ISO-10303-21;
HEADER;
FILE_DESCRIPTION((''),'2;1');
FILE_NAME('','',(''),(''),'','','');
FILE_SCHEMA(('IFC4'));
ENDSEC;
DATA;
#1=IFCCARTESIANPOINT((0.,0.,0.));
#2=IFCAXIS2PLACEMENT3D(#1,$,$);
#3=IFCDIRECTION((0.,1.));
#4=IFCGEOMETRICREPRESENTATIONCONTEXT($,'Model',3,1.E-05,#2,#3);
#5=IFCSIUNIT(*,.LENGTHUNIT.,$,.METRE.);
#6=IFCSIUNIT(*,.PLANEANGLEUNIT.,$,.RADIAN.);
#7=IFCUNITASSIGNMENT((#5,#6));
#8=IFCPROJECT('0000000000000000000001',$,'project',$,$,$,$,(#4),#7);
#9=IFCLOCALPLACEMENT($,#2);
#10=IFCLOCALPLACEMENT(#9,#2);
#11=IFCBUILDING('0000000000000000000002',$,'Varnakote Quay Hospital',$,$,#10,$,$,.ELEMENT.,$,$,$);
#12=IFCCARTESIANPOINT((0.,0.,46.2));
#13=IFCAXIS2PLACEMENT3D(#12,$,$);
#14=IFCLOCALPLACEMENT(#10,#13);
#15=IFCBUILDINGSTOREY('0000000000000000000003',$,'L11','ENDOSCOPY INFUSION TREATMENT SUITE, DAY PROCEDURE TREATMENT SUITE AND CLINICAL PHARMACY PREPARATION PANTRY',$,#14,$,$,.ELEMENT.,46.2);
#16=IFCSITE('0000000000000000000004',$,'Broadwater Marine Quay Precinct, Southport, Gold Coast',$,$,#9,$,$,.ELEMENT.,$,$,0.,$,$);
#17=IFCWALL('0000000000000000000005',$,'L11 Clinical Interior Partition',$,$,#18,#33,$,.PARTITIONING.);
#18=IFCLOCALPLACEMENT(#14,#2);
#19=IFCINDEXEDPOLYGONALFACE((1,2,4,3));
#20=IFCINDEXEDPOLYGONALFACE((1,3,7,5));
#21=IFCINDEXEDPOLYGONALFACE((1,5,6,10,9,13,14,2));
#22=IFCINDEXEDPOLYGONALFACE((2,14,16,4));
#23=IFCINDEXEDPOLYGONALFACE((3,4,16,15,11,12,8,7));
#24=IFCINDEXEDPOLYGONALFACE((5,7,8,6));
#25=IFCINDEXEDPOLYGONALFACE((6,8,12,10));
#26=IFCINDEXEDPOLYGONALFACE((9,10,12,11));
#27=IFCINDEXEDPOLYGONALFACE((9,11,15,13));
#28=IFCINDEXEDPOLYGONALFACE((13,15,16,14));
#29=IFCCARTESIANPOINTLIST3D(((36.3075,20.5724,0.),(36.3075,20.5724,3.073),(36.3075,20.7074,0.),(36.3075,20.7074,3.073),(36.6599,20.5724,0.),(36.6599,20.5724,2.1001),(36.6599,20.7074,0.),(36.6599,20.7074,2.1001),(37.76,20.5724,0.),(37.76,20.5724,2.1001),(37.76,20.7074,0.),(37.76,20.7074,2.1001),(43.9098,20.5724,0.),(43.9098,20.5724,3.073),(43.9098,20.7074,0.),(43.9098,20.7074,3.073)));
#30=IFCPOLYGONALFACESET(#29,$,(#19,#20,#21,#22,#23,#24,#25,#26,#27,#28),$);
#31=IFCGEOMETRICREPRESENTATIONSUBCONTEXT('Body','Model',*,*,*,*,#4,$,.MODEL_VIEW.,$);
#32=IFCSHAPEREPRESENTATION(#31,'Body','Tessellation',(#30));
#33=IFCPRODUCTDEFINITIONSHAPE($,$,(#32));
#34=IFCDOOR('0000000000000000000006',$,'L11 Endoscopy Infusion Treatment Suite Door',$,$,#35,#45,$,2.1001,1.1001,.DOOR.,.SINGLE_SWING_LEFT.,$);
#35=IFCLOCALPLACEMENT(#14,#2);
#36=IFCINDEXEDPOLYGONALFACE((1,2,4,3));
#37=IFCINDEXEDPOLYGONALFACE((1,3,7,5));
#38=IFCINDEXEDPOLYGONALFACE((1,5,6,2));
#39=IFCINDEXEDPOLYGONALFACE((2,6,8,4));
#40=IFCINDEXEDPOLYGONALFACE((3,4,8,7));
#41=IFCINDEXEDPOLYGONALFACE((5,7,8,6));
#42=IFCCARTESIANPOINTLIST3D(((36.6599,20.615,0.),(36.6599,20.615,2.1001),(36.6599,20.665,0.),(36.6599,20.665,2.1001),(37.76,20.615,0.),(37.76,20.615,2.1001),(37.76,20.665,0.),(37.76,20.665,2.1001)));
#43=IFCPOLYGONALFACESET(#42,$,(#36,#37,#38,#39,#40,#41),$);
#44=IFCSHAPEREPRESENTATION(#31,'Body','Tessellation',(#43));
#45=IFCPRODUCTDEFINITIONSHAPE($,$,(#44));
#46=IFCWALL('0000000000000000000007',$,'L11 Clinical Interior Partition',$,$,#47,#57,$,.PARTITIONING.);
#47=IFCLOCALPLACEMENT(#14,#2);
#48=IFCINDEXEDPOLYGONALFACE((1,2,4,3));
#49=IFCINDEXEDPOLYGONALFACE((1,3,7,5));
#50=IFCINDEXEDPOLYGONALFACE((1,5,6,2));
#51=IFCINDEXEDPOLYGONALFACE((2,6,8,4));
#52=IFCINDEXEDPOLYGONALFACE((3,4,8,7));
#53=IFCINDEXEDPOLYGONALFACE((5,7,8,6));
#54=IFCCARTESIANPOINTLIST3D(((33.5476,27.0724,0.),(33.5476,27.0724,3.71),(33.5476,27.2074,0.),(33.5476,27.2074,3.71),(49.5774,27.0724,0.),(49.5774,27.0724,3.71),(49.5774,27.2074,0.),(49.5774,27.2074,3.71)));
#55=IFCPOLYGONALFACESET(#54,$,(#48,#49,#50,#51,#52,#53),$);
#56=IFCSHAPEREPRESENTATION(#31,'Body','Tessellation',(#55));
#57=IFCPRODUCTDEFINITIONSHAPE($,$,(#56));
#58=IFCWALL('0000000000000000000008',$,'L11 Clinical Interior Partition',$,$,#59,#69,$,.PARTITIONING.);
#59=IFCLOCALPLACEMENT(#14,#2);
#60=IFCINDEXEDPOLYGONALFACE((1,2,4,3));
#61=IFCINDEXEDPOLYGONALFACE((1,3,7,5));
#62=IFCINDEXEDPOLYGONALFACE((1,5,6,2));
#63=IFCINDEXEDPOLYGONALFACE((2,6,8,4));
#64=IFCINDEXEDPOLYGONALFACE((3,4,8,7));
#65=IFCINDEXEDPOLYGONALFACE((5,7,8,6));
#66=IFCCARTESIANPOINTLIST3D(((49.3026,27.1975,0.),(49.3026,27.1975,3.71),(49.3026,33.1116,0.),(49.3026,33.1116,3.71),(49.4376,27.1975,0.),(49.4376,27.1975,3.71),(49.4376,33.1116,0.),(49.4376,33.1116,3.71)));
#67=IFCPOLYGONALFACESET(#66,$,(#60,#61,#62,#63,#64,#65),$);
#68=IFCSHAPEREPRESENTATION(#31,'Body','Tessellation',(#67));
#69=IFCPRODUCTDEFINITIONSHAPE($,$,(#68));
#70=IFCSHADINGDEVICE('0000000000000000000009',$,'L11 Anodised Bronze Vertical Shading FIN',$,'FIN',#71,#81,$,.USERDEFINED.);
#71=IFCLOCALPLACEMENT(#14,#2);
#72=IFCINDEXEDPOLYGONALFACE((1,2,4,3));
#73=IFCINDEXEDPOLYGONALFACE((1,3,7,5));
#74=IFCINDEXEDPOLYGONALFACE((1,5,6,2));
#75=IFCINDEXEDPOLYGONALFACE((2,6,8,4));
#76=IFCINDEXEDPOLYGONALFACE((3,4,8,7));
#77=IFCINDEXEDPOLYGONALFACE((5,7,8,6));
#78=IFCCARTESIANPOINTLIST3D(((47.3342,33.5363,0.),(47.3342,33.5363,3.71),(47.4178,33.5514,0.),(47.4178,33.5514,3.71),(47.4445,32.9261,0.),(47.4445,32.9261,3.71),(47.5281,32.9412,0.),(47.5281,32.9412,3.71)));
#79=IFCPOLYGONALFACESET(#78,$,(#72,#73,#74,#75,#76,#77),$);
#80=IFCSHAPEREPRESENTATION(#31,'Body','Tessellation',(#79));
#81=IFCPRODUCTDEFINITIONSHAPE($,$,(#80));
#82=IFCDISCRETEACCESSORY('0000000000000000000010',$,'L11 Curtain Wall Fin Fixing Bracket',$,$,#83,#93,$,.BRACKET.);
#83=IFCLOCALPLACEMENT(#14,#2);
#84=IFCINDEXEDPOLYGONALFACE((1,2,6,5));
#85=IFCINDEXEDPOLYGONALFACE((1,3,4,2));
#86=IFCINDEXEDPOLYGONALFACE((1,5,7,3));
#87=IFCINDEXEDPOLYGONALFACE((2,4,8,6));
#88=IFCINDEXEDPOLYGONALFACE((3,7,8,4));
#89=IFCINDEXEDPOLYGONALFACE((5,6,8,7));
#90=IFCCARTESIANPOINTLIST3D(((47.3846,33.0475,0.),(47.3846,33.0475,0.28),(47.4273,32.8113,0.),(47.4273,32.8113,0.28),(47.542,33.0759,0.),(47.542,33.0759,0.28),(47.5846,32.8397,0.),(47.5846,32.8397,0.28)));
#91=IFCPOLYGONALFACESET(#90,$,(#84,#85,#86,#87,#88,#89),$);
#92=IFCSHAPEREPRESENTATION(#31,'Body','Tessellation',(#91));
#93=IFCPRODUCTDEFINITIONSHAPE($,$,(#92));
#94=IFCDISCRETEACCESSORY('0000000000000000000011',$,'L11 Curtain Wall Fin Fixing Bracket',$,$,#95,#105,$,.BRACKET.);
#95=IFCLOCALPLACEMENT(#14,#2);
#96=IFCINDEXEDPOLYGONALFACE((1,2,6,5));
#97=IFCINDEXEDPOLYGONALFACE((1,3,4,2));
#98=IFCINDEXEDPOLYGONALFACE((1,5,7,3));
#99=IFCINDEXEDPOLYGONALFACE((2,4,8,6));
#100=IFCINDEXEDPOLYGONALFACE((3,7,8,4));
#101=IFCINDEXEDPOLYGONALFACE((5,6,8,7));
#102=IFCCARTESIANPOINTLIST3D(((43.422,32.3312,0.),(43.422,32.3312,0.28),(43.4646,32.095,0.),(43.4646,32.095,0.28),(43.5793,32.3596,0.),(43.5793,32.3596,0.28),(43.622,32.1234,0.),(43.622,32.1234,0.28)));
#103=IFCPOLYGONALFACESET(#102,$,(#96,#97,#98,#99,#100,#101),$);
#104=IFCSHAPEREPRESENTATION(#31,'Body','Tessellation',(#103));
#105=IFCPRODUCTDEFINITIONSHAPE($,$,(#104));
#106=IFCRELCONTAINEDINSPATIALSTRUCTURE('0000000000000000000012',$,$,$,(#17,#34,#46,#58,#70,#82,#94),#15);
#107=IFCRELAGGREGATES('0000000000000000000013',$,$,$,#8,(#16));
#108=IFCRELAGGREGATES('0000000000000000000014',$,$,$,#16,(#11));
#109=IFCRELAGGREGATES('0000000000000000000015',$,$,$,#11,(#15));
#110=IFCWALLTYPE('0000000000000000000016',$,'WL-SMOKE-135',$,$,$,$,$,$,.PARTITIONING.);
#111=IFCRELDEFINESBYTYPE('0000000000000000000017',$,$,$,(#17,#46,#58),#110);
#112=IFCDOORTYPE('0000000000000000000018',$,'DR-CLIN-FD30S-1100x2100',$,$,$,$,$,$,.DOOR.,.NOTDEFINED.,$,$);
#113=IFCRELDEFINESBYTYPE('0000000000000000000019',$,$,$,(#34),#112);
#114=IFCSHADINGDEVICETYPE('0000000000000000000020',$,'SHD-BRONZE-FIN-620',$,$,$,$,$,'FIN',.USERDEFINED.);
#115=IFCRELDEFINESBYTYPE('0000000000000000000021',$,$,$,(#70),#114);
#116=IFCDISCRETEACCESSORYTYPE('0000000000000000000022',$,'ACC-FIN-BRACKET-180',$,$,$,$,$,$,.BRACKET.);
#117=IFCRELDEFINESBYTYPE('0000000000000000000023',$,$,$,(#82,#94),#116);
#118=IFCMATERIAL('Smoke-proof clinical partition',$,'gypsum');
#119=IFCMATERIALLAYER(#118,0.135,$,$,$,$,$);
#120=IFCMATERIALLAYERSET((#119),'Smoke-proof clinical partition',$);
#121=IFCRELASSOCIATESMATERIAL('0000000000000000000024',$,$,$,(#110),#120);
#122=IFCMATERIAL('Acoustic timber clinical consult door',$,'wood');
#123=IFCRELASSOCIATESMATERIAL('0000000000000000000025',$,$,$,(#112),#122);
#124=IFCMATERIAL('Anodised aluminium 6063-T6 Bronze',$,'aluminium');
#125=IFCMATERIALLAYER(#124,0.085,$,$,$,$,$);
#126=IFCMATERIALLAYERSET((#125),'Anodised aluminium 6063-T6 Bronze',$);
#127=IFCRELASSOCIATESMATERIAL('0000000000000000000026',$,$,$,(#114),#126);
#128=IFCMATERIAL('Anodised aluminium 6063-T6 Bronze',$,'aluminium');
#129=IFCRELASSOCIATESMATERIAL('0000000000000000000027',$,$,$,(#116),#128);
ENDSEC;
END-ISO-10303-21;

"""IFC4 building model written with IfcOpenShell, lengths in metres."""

from ifc_helpers import new_model, si_unit, direction, frame, frame_2d, origin, origin_2d, place, context, subcontext, project, spatial, rectangle, extrude, material, layer, layer_set, type_object, element, fill, save


model = new_model("IFC4")

# Units and contexts
model_context = context("Model", 3, precision=1e-05, world=origin(), true_north=direction((0.0, 1.0)))
body_context = subcontext(model_context, "Body", "Model", "MODEL_VIEW")
ifc_project = project(units=[si_unit("LENGTHUNIT", "METRE"), si_unit("PLANEANGLEUNIT", "RADIAN")], contexts=[model_context])

# Site, building, storey
site_placement = place(None, origin())
site = spatial("IfcSite", under=ifc_project, at=site_placement, Name="Broadwater Marine Quay Precinct, Southport, Gold Coast", CompositionType="ELEMENT", RefElevation=0.0)
building_placement = place(site_placement, origin())
building = spatial("IfcBuilding", under=site, at=building_placement, Name="Varnakote Quay Hospital", CompositionType="ELEMENT")
storey_placement = place(building_placement, frame((0.0, 0.0, 46.2)))
storey = spatial("IfcBuildingStorey", under=building, at=storey_placement, Name="L11", Description="ENDOSCOPY INFUSION TREATMENT SUITE, DAY PROCEDURE TREATMENT SUITE AND CLINICAL PHARMACY PREPARATION PANTRY", CompositionType="ELEMENT", Elevation=46.2)

# Wall, opening, door
ifc_material_1 = material(Name="Smoke-proof clinical partition", Category="gypsum")
ifc_layer_1 = layer(ifc_material_1, 0.135)
ifc_layer_set_1 = layer_set([ifc_layer_1], Name="Smoke-proof clinical partition")
wall_type = type_object("IfcWallType", Name="WL-SMOKE-135", PredefinedType="PARTITIONING", material=ifc_layer_set_1)
wall_1_placement = place(storey_placement, frame((43.9099, 20.6399, 0.0), z_axis=(0.0, 0.0, 1.0), x_axis=(-1.0, 0.0, 0.0)))
wall_1 = element("IfcWall", 1, at=wall_1_placement, inside=storey, type_object=wall_type, Name="L11 Clinical Interior Partition", PredefinedType="PARTITIONING", context=body_context, shape_type="SweptSolid", body=[
    extrude(rectangle(XDim=7.6023, YDim=0.135, at=frame_2d((3.8013, 0.0))), origin(), (0.0, 0.0, 1.0), 3.073),
])
opening_placement = place(wall_1_placement, frame((6.1499, 0.0, 0.0)))
opening = element("IfcOpeningElement", 2, at=opening_placement, cuts=wall_1, PredefinedType="OPENING", context=body_context, shape_type="SweptSolid", body=[
    extrude(rectangle(XDim=1.1001, YDim=2.1001, at=frame_2d((0.55, 1.05))), frame((0.0, 0.0774, 0.0), z_axis=(0.0, -1.0, 0.0), x_axis=(1.0, 0.0, 0.0)), (0.0, 0.0, 1.0), 0.155),
])
ifc_material_2 = material(Name="Acoustic timber clinical consult door", Category="wood")
door_type = type_object("IfcDoorType", Name="DR-CLIN-FD30S-1100x2100", OperationType="NOTDEFINED", PredefinedType="DOOR", material=ifc_material_2)
door_placement = place(opening_placement, origin())
door = element("IfcDoor", 3, at=door_placement, inside=storey, type_object=door_type, Name="L11 Endoscopy Infusion Treatment Suite Door", OperationType="SINGLE_SWING_LEFT", OverallHeight=2.1001, OverallWidth=1.1001, PredefinedType="DOOR", context=body_context, shape_type="SweptSolid", body=[
    extrude(rectangle(XDim=1.1001, YDim=2.1001, at=frame_2d((0.55, 1.05))), frame((0.0, 0.0249, 0.0), z_axis=(0.0, -1.0, 0.0), x_axis=(1.0, 0.0, 0.0)), (0.0, 0.0, 1.0), 0.05),
])
fill(opening, door)

# Walls
wall_2_placement = place(storey_placement, frame((49.5774, 27.1399, 0.0), z_axis=(0.0, 0.0, 1.0), x_axis=(-1.0, 0.0, 0.0)))
element("IfcWall", 4, at=wall_2_placement, inside=storey, type_object=wall_type, Name="L11 Clinical Interior Partition", PredefinedType="PARTITIONING", context=body_context, shape_type="SweptSolid", body=[
    extrude(rectangle(XDim=16.0298, YDim=0.135, at=frame_2d((8.0149, 0.0))), origin(), (0.0, 0.0, 1.0), 3.71),
])
wall_3_placement = place(storey_placement, frame((49.3701, 27.1975, 0.0), z_axis=(0.0, 0.0, 1.0), x_axis=(0.0, 1.0, 0.0)))
element("IfcWall", 5, at=wall_3_placement, inside=storey, type_object=wall_type, Name="L11 Clinical Interior Partition", PredefinedType="PARTITIONING", context=body_context, shape_type="SweptSolid", body=[
    extrude(rectangle(XDim=5.9141, YDim=0.135, at=frame_2d((2.957, 0.0))), origin(), (0.0, 0.0, 1.0), 3.71),
])

# Shading device
ifc_material_3 = material(Name="Anodised aluminium 6063-T6 Bronze", Category="aluminium")
ifc_layer_2 = layer(ifc_material_3, 0.085)
ifc_layer_set_2 = layer_set([ifc_layer_2], Name="Anodised aluminium 6063-T6 Bronze")
shading_device_type = type_object("IfcShadingDeviceType", Name="SHD-BRONZE-FIN-620", ElementType="FIN", PredefinedType="USERDEFINED", material=ifc_layer_set_2)
shading_device_placement = place(storey_placement, frame((47.4312, 33.2388, 0.0), z_axis=(0.0, 0.0, 1.0), x_axis=(0.177772, -0.984072, 0.0)))
element("IfcShadingDevice", 6, at=shading_device_placement, inside=storey, type_object=shading_device_type, Name="L11 Anodised Bronze Vertical Shading FIN", ObjectType="FIN", PredefinedType="USERDEFINED", context=body_context, shape_type="SweptSolid", body=[
    extrude(rectangle(XDim=0.6201, YDim=0.085, at=origin_2d()), origin(), (0.0, 0.0, 1.0), 3.71),
])

# Discrete accessories
ifc_material_4 = material(Name="Anodised aluminium 6063-T6 Bronze", Category="aluminium")
discrete_accessory_type = type_object("IfcDiscreteAccessoryType", Name="ACC-FIN-BRACKET-180", PredefinedType="BRACKET", material=ifc_material_4)
for number, where, z_axis, x_axis, name in (
    (7, (47.4846, 32.9436, 0.0), (0.0, 0.0, 1.0), (-0.984072, -0.177772, 0.0), "L11 Curtain Wall Fin Fixing Bracket"),
    (8, (43.522, 32.2273, 0.0), (0.0, 0.0, 1.0), (-0.984072, -0.177772, 0.0), "L11 Curtain Wall Fin Fixing Bracket"),
):
    element("IfcDiscreteAccessory", number, at=place(storey_placement, frame(where, z_axis=z_axis, x_axis=x_axis)), inside=storey, type_object=discrete_accessory_type, Name=name, PredefinedType="BRACKET", context=body_context, shape_type="SweptSolid", body=[
        extrude(rectangle(XDim=0.1599, YDim=0.24, at=origin_2d()), origin(), (0.0, 0.0, 1.0), 0.28),
    ])

save(model, "model.ifc")
